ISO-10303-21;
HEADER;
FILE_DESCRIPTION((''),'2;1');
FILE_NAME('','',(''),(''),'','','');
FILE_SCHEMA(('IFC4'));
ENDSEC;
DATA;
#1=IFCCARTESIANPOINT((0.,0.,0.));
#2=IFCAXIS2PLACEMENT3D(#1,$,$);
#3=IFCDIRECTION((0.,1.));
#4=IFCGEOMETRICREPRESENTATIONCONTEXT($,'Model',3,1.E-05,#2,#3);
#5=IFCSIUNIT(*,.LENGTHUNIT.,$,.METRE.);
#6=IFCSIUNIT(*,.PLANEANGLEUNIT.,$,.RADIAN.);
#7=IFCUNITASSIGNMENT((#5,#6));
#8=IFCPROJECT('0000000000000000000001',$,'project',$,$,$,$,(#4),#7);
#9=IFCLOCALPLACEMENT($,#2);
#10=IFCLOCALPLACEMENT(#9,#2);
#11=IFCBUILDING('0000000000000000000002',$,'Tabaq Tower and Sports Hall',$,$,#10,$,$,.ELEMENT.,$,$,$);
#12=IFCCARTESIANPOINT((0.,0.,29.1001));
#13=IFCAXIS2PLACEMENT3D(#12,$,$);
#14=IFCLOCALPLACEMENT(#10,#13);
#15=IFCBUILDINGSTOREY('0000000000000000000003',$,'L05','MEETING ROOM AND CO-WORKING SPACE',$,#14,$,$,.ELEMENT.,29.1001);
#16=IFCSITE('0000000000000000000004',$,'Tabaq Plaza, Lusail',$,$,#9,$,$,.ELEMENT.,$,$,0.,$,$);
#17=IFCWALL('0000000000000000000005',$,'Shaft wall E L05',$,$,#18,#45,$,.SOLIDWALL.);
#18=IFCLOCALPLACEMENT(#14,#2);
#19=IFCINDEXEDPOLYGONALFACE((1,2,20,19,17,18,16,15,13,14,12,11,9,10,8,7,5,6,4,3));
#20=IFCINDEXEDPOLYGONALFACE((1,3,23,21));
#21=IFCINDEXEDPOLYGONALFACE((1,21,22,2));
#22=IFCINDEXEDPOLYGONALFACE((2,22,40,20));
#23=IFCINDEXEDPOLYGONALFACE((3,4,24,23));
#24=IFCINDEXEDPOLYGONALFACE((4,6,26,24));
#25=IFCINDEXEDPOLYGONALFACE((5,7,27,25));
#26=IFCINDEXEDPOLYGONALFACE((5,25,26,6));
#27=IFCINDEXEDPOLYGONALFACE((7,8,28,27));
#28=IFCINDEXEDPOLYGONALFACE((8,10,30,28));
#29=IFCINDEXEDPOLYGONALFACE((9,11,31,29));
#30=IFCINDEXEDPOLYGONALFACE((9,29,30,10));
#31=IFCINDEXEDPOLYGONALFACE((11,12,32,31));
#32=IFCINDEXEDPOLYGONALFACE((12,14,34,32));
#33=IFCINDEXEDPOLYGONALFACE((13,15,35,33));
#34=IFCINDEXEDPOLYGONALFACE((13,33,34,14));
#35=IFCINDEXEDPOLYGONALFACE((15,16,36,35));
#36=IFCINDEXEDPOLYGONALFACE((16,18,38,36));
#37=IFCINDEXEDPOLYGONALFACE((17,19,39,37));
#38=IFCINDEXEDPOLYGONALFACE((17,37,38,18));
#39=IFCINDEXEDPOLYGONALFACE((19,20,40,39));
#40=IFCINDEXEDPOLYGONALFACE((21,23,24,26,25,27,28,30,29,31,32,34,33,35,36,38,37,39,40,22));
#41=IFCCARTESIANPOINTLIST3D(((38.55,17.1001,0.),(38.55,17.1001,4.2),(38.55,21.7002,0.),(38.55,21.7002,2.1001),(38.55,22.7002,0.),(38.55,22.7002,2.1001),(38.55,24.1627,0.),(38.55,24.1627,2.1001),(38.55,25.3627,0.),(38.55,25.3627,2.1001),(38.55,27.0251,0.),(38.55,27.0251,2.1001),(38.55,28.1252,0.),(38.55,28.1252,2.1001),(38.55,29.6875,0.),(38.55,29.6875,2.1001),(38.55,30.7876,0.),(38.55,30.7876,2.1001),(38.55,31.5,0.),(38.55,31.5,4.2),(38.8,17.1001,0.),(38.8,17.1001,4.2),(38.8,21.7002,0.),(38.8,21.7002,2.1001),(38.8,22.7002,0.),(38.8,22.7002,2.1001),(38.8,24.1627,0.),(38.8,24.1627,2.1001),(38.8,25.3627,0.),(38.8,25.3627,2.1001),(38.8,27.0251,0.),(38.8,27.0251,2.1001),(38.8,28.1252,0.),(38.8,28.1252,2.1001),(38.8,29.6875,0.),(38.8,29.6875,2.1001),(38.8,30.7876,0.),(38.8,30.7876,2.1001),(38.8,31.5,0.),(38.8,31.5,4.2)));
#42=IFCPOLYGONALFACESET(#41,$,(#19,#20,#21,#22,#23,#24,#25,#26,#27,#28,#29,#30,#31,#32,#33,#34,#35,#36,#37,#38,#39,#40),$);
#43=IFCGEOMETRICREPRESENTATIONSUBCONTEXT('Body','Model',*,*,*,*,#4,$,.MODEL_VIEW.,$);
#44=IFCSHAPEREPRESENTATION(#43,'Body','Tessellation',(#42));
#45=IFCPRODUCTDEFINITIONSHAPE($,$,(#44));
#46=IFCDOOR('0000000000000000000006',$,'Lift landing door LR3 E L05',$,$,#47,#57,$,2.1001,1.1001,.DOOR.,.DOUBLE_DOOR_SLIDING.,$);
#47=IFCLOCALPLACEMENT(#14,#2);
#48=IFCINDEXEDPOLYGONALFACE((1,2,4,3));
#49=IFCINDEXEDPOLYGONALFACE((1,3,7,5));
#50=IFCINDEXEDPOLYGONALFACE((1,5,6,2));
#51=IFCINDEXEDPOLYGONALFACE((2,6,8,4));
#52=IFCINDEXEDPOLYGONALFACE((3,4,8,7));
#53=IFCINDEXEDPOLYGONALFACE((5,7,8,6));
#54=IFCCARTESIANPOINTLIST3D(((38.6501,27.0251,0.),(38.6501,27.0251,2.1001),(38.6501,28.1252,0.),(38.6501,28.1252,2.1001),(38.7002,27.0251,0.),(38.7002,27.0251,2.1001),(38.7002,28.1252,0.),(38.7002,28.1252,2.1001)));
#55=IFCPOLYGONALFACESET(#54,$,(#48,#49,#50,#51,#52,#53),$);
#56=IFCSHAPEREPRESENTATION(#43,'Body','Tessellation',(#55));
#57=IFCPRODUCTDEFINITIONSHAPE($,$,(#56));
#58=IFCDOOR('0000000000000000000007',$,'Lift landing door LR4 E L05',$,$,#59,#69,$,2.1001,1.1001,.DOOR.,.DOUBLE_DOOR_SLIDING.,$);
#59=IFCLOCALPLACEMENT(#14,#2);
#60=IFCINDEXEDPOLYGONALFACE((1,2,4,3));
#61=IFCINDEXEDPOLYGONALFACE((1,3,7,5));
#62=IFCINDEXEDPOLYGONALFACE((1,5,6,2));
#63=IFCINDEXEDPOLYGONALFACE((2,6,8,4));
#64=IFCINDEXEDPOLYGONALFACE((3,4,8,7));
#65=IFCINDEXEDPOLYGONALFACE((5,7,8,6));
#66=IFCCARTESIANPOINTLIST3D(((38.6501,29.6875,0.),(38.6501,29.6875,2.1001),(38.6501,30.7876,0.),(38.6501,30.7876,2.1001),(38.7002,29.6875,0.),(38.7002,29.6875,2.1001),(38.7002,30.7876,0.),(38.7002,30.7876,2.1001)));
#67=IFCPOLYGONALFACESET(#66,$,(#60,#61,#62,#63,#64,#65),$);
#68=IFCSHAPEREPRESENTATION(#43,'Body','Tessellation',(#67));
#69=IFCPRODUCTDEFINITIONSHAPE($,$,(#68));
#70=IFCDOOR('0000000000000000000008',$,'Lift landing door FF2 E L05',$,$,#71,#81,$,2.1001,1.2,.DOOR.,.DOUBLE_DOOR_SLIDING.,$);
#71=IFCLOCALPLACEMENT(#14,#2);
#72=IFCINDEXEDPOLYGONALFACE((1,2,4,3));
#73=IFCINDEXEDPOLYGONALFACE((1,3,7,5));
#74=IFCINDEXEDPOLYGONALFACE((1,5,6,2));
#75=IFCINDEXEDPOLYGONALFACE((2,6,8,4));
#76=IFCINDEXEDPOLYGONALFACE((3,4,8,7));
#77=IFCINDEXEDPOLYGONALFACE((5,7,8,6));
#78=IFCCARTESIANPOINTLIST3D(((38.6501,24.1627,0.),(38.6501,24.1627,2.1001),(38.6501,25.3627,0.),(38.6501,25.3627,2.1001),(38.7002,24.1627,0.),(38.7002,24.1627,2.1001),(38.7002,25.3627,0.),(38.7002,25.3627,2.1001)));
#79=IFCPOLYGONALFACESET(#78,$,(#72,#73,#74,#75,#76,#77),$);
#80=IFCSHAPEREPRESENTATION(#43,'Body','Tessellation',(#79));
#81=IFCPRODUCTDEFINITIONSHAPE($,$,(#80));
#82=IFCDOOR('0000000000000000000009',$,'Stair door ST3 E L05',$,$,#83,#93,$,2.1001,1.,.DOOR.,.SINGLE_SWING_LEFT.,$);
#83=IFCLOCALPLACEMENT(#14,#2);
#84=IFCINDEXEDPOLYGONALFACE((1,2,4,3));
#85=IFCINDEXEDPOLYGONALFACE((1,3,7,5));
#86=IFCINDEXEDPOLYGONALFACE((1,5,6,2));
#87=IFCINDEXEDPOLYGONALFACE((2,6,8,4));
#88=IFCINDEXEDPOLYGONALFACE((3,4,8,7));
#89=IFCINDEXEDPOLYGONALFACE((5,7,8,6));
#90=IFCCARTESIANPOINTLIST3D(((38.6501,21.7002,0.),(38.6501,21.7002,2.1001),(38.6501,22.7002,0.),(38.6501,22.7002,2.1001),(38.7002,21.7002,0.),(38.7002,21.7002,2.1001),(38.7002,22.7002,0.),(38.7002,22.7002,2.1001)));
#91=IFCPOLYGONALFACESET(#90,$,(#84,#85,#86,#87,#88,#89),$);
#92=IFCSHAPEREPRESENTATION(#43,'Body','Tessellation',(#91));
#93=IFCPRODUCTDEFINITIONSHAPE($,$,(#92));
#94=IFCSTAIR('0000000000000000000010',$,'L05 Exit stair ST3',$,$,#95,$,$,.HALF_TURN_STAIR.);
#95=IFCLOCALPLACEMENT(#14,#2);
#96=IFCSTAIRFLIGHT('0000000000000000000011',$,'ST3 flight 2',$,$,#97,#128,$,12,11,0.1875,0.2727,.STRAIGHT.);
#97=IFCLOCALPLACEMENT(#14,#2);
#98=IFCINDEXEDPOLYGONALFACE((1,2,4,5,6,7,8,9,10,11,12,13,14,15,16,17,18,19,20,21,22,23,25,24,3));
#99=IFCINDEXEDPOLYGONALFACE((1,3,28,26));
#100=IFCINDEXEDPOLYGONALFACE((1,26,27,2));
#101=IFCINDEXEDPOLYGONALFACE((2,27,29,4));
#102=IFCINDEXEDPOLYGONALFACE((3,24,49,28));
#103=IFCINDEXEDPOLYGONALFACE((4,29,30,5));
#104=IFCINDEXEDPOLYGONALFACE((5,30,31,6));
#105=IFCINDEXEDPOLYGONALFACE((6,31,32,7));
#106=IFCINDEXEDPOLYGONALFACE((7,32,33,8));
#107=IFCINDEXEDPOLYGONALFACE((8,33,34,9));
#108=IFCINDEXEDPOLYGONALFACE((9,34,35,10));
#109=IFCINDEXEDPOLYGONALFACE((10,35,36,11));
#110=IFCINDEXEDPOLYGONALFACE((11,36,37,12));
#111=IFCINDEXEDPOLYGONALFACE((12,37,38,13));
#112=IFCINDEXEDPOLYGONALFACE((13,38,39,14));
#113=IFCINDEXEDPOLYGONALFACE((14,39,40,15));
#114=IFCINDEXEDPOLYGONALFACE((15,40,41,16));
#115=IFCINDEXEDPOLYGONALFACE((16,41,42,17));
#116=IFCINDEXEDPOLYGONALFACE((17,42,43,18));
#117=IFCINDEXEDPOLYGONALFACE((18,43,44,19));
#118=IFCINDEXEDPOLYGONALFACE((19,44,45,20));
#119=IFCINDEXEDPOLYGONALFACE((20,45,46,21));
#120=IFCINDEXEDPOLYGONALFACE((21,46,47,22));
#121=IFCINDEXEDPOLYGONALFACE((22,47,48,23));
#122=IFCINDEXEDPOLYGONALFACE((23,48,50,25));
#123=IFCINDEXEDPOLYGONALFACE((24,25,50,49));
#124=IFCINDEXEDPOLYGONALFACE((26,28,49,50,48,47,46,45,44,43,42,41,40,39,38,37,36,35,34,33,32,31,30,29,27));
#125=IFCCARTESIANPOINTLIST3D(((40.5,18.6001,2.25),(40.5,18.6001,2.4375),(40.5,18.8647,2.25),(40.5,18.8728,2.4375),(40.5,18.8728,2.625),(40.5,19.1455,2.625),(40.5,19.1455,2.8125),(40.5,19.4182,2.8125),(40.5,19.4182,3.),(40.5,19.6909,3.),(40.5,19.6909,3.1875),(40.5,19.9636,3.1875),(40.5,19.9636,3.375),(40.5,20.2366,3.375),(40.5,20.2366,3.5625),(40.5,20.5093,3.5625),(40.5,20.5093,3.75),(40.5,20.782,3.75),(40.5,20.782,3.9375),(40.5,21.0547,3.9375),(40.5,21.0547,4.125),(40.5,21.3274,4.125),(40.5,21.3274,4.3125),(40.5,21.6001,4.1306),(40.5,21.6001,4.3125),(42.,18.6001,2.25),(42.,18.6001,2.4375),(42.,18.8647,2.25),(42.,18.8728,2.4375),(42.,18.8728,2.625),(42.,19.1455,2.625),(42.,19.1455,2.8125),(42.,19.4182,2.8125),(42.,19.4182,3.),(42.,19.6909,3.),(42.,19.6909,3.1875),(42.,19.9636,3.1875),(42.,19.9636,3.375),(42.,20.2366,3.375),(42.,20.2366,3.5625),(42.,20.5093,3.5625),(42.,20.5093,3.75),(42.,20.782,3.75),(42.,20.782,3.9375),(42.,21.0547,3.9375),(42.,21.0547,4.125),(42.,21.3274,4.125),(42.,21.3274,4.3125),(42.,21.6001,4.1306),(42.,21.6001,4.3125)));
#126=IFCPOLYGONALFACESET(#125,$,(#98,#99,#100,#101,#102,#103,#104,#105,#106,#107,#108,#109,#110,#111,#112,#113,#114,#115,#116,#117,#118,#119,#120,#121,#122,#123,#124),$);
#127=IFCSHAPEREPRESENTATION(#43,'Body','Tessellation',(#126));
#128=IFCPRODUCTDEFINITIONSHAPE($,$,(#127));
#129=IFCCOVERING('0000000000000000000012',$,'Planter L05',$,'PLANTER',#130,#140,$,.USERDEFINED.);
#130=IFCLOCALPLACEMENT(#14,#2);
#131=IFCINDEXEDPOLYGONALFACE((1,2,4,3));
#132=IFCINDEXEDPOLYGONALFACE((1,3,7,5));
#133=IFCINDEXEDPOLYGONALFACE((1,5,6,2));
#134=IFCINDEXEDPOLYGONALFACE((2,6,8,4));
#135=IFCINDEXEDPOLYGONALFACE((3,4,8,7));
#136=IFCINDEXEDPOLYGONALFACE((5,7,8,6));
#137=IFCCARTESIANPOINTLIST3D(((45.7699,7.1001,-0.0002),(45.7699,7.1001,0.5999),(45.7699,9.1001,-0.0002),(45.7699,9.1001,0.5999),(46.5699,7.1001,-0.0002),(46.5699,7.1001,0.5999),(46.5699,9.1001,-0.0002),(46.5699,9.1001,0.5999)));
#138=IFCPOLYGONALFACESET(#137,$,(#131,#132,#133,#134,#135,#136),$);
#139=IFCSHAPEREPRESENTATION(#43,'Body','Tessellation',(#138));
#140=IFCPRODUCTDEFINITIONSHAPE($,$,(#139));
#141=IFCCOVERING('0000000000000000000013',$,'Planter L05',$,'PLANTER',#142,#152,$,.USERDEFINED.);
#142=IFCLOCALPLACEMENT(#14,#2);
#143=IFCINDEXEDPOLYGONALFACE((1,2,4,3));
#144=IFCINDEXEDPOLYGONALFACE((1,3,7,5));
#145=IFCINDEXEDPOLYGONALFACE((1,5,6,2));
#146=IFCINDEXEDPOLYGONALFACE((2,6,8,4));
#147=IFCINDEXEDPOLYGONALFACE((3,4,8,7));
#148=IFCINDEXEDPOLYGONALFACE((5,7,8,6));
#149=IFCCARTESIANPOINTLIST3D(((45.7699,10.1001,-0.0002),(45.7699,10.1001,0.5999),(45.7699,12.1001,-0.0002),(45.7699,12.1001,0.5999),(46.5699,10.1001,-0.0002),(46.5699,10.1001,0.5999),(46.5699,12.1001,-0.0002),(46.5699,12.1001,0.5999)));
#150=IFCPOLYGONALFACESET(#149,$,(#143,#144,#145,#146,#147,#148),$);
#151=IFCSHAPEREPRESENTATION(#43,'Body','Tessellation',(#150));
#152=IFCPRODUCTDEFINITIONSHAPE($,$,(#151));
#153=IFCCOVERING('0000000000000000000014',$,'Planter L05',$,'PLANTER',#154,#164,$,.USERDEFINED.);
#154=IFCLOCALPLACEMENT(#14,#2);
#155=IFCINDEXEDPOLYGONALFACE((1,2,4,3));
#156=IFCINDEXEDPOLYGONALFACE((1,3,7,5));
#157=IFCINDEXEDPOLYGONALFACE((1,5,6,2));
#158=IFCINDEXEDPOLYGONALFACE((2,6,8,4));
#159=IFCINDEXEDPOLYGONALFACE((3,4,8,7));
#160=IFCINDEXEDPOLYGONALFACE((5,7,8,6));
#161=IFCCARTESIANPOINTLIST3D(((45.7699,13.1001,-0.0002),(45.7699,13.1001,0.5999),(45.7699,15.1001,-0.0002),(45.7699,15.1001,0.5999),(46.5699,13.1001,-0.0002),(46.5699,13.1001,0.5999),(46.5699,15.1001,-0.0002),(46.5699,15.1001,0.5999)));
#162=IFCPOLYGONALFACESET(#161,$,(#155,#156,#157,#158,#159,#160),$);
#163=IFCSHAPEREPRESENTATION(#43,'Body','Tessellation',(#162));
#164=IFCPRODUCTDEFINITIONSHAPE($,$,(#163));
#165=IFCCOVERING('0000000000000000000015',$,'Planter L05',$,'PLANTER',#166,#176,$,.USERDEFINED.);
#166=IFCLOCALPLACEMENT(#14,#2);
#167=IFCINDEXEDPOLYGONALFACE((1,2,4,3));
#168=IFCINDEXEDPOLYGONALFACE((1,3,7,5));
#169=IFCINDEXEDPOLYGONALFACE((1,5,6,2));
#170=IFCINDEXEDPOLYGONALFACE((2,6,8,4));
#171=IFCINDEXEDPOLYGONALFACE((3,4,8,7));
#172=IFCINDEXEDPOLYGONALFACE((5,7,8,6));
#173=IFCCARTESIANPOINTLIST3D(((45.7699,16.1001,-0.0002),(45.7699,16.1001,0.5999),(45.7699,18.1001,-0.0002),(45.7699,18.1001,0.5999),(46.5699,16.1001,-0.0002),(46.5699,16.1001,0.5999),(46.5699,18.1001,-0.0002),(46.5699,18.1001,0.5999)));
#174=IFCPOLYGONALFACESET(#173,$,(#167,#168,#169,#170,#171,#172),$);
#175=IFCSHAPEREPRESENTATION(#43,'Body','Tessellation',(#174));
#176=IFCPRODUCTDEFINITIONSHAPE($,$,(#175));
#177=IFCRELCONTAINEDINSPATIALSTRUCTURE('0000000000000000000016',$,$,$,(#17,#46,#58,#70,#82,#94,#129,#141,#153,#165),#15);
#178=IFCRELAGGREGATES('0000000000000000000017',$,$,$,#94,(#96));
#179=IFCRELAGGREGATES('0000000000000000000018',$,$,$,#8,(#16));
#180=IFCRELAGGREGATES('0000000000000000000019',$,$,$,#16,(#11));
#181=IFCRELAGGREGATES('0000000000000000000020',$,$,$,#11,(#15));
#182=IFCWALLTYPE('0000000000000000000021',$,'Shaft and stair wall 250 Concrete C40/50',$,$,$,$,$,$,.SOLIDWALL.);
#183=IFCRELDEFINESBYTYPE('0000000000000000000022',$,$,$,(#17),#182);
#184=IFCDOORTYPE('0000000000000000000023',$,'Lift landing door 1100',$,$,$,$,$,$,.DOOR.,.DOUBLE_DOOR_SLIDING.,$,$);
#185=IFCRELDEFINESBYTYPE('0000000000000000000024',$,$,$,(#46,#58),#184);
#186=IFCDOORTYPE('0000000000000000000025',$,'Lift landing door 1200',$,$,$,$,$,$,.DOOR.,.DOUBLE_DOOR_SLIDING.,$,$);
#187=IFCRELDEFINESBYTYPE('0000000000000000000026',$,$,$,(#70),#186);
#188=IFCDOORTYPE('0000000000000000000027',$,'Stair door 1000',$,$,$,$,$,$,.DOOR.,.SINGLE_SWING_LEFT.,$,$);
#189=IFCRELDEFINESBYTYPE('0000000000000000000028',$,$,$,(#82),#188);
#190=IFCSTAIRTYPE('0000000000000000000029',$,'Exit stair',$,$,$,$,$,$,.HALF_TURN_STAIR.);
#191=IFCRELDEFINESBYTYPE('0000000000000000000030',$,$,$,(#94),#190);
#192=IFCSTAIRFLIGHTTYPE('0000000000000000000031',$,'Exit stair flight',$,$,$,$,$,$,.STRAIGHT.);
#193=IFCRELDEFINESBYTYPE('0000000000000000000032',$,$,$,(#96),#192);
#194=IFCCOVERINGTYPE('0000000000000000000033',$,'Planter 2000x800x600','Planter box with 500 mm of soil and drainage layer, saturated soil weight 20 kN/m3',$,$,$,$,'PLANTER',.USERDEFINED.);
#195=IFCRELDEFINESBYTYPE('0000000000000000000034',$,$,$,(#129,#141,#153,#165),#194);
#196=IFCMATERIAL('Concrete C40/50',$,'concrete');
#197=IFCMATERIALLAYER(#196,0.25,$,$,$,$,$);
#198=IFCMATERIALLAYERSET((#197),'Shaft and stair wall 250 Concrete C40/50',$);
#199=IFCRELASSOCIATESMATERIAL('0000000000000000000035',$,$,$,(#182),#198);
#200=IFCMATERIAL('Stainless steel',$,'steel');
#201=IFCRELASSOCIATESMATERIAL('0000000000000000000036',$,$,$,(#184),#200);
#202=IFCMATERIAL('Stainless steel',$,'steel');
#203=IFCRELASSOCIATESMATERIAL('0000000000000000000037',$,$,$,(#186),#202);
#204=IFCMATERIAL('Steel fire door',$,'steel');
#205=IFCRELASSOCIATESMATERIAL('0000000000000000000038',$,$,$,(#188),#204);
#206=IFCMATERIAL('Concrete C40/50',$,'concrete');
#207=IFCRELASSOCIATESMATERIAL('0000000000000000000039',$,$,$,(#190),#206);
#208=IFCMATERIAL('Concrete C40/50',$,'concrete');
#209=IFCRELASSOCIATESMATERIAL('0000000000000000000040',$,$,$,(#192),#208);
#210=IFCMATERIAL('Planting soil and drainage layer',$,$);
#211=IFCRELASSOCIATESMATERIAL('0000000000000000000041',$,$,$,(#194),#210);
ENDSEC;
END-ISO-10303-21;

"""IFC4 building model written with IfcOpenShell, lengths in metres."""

from ifc_helpers import new_model, si_unit, direction, frame, frame_2d, origin, origin_2d, place, context, subcontext, project, spatial, polyline, rectangle, outline, extrude, material, layer, layer_set, type_object, element, fill, aggregate, save


model = new_model("IFC4")

# Units and contexts
model_context = context("Model", 3, precision=1e-05, world=origin(), true_north=direction((0.0, 1.0)))
body_context = subcontext(model_context, "Body", "Model", "MODEL_VIEW")
ifc_project = project(units=[si_unit("LENGTHUNIT", "METRE"), si_unit("PLANEANGLEUNIT", "RADIAN")], contexts=[model_context])

# Site, building, storey
site_placement = place(None, origin())
site = spatial("IfcSite", under=ifc_project, at=site_placement, Name="Tabaq Plaza, Lusail", CompositionType="ELEMENT", RefElevation=0.0)
building_placement = place(site_placement, origin())
building = spatial("IfcBuilding", under=site, at=building_placement, Name="Tabaq Tower and Sports Hall", CompositionType="ELEMENT")
storey_placement = place(building_placement, frame((0.0, 0.0, 29.1001)))
storey = spatial("IfcBuildingStorey", under=building, at=storey_placement, Name="L05", Description="MEETING ROOM AND CO-WORKING SPACE", CompositionType="ELEMENT", Elevation=29.1001)

# Wall, openings, doors
ifc_material_1 = material(Name="Concrete C40/50", Category="concrete")
ifc_layer_1 = layer(ifc_material_1, 0.25)
ifc_layer_set_1 = layer_set([ifc_layer_1], Name="Shaft and stair wall 250 Concrete C40/50")
wall_type_1 = type_object("IfcWallType", Name="Shaft and stair wall 250 Concrete C40/50", PredefinedType="SOLIDWALL", material=ifc_layer_set_1)
wall_1_placement = place(storey_placement, frame((38.675, 17.1001, 0.0), z_axis=(0.0, 0.0, 1.0), x_axis=(0.0, 1.0, 0.0)))
wall_1 = element("IfcWall", 1, at=wall_1_placement, inside=storey, type_object=wall_type_1, Name="Shaft wall E L05", PredefinedType="SOLIDWALL", context=body_context, shape_type="SweptSolid", body=[
    extrude(rectangle(XDim=14.3999, YDim=0.25, at=frame_2d((7.2, 0.0))), origin(), (0.0, 0.0, 1.0), 4.2),
])
opening_1_placement = place(wall_1_placement, frame((4.6001, 0.0, 0.0)))
opening_1 = element("IfcOpeningElement", 2, at=opening_1_placement, cuts=wall_1, PredefinedType="OPENING", context=body_context, shape_type="SweptSolid", body=[
    extrude(rectangle(XDim=1.0, YDim=2.1001, at=frame_2d((0.5, 1.05))), frame((0.0, 0.125, 0.0), z_axis=(0.0, -1.0, 0.0), x_axis=(1.0, 0.0, 0.0)), (0.0, 0.0, 1.0), 0.25),
])
opening_2_placement = place(wall_1_placement, frame((7.0625, 0.0, 0.0)))
opening_2 = element("IfcOpeningElement", 3, at=opening_2_placement, cuts=wall_1, PredefinedType="OPENING", context=body_context, shape_type="SweptSolid", body=[
    extrude(rectangle(XDim=1.2, YDim=2.1001, at=frame_2d((0.6001, 1.05))), frame((0.0, 0.125, 0.0), z_axis=(0.0, -1.0, 0.0), x_axis=(1.0, 0.0, 0.0)), (0.0, 0.0, 1.0), 0.25),
])
opening_3_placement = place(wall_1_placement, frame((9.925, 0.0, 0.0)))
opening_3 = element("IfcOpeningElement", 4, at=opening_3_placement, cuts=wall_1, PredefinedType="OPENING", context=body_context, shape_type="SweptSolid", body=[
    extrude(rectangle(XDim=1.1001, YDim=2.1001, at=frame_2d((0.55, 1.05))), frame((0.0, 0.125, 0.0), z_axis=(0.0, -1.0, 0.0), x_axis=(1.0, 0.0, 0.0)), (0.0, 0.0, 1.0), 0.25),
])
opening_4_placement = place(wall_1_placement, frame((12.5874, 0.0, 0.0)))
opening_4 = element("IfcOpeningElement", 5, at=opening_4_placement, cuts=wall_1, PredefinedType="OPENING", context=body_context, shape_type="SweptSolid", body=[
    extrude(rectangle(XDim=1.1001, YDim=2.1001, at=frame_2d((0.55, 1.05))), frame((0.0, 0.125, 0.0), z_axis=(0.0, -1.0, 0.0), x_axis=(1.0, 0.0, 0.0)), (0.0, 0.0, 1.0), 0.25),
])
ifc_material_2 = material(Name="Stainless steel", Category="steel")
door_type_1 = type_object("IfcDoorType", Name="Lift landing door 1100", OperationType="DOUBLE_DOOR_SLIDING", PredefinedType="DOOR", material=ifc_material_2)
door_1_placement = place(opening_3_placement, origin())
door_1 = element("IfcDoor", 6, at=door_1_placement, inside=storey, type_object=door_type_1, Name="Lift landing door LR3 E L05", OperationType="DOUBLE_DOOR_SLIDING", OverallHeight=2.1001, OverallWidth=1.1001, PredefinedType="DOOR", context=body_context, shape_type="SweptSolid", body=[
    extrude(rectangle(XDim=1.1001, YDim=2.1001, at=frame_2d((0.55, 1.05))), frame((0.0, 0.0249, 0.0), z_axis=(0.0, -1.0, 0.0), x_axis=(1.0, 0.0, 0.0)), (0.0, 0.0, 1.0), 0.05),
])
fill(opening_3, door_1)
door_2_placement = place(opening_4_placement, origin())
door_2 = element("IfcDoor", 7, at=door_2_placement, inside=storey, type_object=door_type_1, Name="Lift landing door LR4 E L05", OperationType="DOUBLE_DOOR_SLIDING", OverallHeight=2.1001, OverallWidth=1.1001, PredefinedType="DOOR", context=body_context, shape_type="SweptSolid", body=[
    extrude(rectangle(XDim=1.1001, YDim=2.1001, at=frame_2d((0.55, 1.05))), frame((0.0, 0.0249, 0.0), z_axis=(0.0, -1.0, 0.0), x_axis=(1.0, 0.0, 0.0)), (0.0, 0.0, 1.0), 0.05),
])
fill(opening_4, door_2)
ifc_material_3 = material(Name="Stainless steel", Category="steel")
door_type_2 = type_object("IfcDoorType", Name="Lift landing door 1200", OperationType="DOUBLE_DOOR_SLIDING", PredefinedType="DOOR", material=ifc_material_3)
door_3_placement = place(opening_2_placement, origin())
door_3 = element("IfcDoor", 8, at=door_3_placement, inside=storey, type_object=door_type_2, Name="Lift landing door FF2 E L05", OperationType="DOUBLE_DOOR_SLIDING", OverallHeight=2.1001, OverallWidth=1.2, PredefinedType="DOOR", context=body_context, shape_type="SweptSolid", body=[
    extrude(rectangle(XDim=1.2, YDim=2.1001, at=frame_2d((0.6001, 1.05))), frame((0.0, 0.0249, 0.0), z_axis=(0.0, -1.0, 0.0), x_axis=(1.0, 0.0, 0.0)), (0.0, 0.0, 1.0), 0.05),
])
fill(opening_2, door_3)
ifc_material_4 = material(Name="Steel fire door", Category="steel")
door_type_3 = type_object("IfcDoorType", Name="Stair door 1000", OperationType="SINGLE_SWING_LEFT", PredefinedType="DOOR", material=ifc_material_4)
door_4_placement = place(opening_1_placement, origin())
door_4 = element("IfcDoor", 9, at=door_4_placement, inside=storey, type_object=door_type_3, Name="Stair door ST3 E L05", OperationType="SINGLE_SWING_LEFT", OverallHeight=2.1001, OverallWidth=1.0, PredefinedType="DOOR", context=body_context, shape_type="SweptSolid", body=[
    extrude(rectangle(XDim=1.0, YDim=2.1001, at=frame_2d((0.5, 1.05))), frame((0.0, 0.0249, 0.0), z_axis=(0.0, -1.0, 0.0), x_axis=(1.0, 0.0, 0.0)), (0.0, 0.0, 1.0), 0.05),
])
fill(opening_1, door_4)

# Stair, stair flight
ifc_material_5 = material(Name="Concrete C40/50", Category="concrete")
stair_type = type_object("IfcStairType", Name="Exit stair", PredefinedType="HALF_TURN_STAIR", material=ifc_material_5)
stair_placement = place(storey_placement, origin())
stair = element("IfcStair", 10, at=stair_placement, inside=storey, type_object=stair_type, Name="L05 Exit stair ST3", PredefinedType="HALF_TURN_STAIR")
ifc_material_6 = material(Name="Concrete C40/50", Category="concrete")
stair_flight_type = type_object("IfcStairFlightType", Name="Exit stair flight", PredefinedType="STRAIGHT", material=ifc_material_6)
stair_flight_placement = place(storey_placement, frame((41.25, 18.6001, 2.25), z_axis=(0.0, 0.0, 1.0), x_axis=(0.0, 1.0, 0.0)))
stair_flight = element("IfcStairFlight", 11, at=stair_flight_placement, type_object=stair_flight_type, Name="ST3 flight 2", NumberOfRisers=12, NumberOfTreads=11, PredefinedType="STRAIGHT", RiserHeight=0.1875, TreadLength=0.2727, context=body_context, shape_type="SweptSolid", body=[
    extrude(outline(polyline([(0.0, 0.0), (0.0, 0.1875), (0.2727, 0.1875), (0.2727, 0.375), (0.5454, 0.375), (0.5454, 0.5625), (0.8181, 0.5625), (0.8181, 0.75), (1.0908, 0.75), (1.0908, 0.9375), (1.3635, 0.9375), (1.3635, 1.125), (1.6365, 1.125), (1.6365, 1.3125), (1.9092, 1.3125), (1.9092, 1.5), (2.1819, 1.5), (2.1819, 1.6875), (2.4546, 1.6875), (2.4546, 1.875), (2.7273, 1.875), (2.7273, 2.0625), (3.0, 2.0625), (3.0, 2.25), (3.0, 1.8806), (0.2646, 0.0), (0.0, 0.0)])), frame((0.0, 0.75, 0.0), z_axis=(0.0, -1.0, 0.0), x_axis=(1.0, 0.0, 0.0)), (0.0, 0.0, 1.0), 1.5),
])
aggregate(stair, [stair_flight])

# Coverings
ifc_material_7 = material(Name="Planting soil and drainage layer")
covering_type_1 = type_object("IfcCoveringType", Name="Planter 2000x800x600", Description="Planter box with 500 mm of soil and drainage layer, saturated soil weight 20 kN/m3", ElementType="PLANTER", PredefinedType="USERDEFINED", material=ifc_material_7)
for number, where, z_axis, x_axis, name in (
    (12, (46.1699, 8.1001, -0.0002), (0.0, 0.0, 1.0), (0.0, 1.0, 0.0), "Planter L05"),
    (13, (46.1699, 11.1001, -0.0002), (0.0, 0.0, 1.0), (0.0, 1.0, 0.0), "Planter L05"),
    (14, (46.1699, 14.1001, -0.0002), (0.0, 0.0, 1.0), (0.0, 1.0, 0.0), "Planter L05"),
    (15, (46.1699, 17.1001, -0.0002), (0.0, 0.0, 1.0), (0.0, 1.0, 0.0), "Planter L05"),
):
    element("IfcCovering", number, at=place(storey_placement, frame(where, z_axis=z_axis, x_axis=x_axis)), inside=storey, type_object=covering_type_1, Name=name, ObjectType="PLANTER", PredefinedType="USERDEFINED", context=body_context, shape_type="SweptSolid", body=[
        extrude(rectangle(XDim=2.0, YDim=0.8, at=origin_2d()), origin(), (0.0, 0.0, 1.0), 0.6001),
    ])

save(model, "model.ifc")
